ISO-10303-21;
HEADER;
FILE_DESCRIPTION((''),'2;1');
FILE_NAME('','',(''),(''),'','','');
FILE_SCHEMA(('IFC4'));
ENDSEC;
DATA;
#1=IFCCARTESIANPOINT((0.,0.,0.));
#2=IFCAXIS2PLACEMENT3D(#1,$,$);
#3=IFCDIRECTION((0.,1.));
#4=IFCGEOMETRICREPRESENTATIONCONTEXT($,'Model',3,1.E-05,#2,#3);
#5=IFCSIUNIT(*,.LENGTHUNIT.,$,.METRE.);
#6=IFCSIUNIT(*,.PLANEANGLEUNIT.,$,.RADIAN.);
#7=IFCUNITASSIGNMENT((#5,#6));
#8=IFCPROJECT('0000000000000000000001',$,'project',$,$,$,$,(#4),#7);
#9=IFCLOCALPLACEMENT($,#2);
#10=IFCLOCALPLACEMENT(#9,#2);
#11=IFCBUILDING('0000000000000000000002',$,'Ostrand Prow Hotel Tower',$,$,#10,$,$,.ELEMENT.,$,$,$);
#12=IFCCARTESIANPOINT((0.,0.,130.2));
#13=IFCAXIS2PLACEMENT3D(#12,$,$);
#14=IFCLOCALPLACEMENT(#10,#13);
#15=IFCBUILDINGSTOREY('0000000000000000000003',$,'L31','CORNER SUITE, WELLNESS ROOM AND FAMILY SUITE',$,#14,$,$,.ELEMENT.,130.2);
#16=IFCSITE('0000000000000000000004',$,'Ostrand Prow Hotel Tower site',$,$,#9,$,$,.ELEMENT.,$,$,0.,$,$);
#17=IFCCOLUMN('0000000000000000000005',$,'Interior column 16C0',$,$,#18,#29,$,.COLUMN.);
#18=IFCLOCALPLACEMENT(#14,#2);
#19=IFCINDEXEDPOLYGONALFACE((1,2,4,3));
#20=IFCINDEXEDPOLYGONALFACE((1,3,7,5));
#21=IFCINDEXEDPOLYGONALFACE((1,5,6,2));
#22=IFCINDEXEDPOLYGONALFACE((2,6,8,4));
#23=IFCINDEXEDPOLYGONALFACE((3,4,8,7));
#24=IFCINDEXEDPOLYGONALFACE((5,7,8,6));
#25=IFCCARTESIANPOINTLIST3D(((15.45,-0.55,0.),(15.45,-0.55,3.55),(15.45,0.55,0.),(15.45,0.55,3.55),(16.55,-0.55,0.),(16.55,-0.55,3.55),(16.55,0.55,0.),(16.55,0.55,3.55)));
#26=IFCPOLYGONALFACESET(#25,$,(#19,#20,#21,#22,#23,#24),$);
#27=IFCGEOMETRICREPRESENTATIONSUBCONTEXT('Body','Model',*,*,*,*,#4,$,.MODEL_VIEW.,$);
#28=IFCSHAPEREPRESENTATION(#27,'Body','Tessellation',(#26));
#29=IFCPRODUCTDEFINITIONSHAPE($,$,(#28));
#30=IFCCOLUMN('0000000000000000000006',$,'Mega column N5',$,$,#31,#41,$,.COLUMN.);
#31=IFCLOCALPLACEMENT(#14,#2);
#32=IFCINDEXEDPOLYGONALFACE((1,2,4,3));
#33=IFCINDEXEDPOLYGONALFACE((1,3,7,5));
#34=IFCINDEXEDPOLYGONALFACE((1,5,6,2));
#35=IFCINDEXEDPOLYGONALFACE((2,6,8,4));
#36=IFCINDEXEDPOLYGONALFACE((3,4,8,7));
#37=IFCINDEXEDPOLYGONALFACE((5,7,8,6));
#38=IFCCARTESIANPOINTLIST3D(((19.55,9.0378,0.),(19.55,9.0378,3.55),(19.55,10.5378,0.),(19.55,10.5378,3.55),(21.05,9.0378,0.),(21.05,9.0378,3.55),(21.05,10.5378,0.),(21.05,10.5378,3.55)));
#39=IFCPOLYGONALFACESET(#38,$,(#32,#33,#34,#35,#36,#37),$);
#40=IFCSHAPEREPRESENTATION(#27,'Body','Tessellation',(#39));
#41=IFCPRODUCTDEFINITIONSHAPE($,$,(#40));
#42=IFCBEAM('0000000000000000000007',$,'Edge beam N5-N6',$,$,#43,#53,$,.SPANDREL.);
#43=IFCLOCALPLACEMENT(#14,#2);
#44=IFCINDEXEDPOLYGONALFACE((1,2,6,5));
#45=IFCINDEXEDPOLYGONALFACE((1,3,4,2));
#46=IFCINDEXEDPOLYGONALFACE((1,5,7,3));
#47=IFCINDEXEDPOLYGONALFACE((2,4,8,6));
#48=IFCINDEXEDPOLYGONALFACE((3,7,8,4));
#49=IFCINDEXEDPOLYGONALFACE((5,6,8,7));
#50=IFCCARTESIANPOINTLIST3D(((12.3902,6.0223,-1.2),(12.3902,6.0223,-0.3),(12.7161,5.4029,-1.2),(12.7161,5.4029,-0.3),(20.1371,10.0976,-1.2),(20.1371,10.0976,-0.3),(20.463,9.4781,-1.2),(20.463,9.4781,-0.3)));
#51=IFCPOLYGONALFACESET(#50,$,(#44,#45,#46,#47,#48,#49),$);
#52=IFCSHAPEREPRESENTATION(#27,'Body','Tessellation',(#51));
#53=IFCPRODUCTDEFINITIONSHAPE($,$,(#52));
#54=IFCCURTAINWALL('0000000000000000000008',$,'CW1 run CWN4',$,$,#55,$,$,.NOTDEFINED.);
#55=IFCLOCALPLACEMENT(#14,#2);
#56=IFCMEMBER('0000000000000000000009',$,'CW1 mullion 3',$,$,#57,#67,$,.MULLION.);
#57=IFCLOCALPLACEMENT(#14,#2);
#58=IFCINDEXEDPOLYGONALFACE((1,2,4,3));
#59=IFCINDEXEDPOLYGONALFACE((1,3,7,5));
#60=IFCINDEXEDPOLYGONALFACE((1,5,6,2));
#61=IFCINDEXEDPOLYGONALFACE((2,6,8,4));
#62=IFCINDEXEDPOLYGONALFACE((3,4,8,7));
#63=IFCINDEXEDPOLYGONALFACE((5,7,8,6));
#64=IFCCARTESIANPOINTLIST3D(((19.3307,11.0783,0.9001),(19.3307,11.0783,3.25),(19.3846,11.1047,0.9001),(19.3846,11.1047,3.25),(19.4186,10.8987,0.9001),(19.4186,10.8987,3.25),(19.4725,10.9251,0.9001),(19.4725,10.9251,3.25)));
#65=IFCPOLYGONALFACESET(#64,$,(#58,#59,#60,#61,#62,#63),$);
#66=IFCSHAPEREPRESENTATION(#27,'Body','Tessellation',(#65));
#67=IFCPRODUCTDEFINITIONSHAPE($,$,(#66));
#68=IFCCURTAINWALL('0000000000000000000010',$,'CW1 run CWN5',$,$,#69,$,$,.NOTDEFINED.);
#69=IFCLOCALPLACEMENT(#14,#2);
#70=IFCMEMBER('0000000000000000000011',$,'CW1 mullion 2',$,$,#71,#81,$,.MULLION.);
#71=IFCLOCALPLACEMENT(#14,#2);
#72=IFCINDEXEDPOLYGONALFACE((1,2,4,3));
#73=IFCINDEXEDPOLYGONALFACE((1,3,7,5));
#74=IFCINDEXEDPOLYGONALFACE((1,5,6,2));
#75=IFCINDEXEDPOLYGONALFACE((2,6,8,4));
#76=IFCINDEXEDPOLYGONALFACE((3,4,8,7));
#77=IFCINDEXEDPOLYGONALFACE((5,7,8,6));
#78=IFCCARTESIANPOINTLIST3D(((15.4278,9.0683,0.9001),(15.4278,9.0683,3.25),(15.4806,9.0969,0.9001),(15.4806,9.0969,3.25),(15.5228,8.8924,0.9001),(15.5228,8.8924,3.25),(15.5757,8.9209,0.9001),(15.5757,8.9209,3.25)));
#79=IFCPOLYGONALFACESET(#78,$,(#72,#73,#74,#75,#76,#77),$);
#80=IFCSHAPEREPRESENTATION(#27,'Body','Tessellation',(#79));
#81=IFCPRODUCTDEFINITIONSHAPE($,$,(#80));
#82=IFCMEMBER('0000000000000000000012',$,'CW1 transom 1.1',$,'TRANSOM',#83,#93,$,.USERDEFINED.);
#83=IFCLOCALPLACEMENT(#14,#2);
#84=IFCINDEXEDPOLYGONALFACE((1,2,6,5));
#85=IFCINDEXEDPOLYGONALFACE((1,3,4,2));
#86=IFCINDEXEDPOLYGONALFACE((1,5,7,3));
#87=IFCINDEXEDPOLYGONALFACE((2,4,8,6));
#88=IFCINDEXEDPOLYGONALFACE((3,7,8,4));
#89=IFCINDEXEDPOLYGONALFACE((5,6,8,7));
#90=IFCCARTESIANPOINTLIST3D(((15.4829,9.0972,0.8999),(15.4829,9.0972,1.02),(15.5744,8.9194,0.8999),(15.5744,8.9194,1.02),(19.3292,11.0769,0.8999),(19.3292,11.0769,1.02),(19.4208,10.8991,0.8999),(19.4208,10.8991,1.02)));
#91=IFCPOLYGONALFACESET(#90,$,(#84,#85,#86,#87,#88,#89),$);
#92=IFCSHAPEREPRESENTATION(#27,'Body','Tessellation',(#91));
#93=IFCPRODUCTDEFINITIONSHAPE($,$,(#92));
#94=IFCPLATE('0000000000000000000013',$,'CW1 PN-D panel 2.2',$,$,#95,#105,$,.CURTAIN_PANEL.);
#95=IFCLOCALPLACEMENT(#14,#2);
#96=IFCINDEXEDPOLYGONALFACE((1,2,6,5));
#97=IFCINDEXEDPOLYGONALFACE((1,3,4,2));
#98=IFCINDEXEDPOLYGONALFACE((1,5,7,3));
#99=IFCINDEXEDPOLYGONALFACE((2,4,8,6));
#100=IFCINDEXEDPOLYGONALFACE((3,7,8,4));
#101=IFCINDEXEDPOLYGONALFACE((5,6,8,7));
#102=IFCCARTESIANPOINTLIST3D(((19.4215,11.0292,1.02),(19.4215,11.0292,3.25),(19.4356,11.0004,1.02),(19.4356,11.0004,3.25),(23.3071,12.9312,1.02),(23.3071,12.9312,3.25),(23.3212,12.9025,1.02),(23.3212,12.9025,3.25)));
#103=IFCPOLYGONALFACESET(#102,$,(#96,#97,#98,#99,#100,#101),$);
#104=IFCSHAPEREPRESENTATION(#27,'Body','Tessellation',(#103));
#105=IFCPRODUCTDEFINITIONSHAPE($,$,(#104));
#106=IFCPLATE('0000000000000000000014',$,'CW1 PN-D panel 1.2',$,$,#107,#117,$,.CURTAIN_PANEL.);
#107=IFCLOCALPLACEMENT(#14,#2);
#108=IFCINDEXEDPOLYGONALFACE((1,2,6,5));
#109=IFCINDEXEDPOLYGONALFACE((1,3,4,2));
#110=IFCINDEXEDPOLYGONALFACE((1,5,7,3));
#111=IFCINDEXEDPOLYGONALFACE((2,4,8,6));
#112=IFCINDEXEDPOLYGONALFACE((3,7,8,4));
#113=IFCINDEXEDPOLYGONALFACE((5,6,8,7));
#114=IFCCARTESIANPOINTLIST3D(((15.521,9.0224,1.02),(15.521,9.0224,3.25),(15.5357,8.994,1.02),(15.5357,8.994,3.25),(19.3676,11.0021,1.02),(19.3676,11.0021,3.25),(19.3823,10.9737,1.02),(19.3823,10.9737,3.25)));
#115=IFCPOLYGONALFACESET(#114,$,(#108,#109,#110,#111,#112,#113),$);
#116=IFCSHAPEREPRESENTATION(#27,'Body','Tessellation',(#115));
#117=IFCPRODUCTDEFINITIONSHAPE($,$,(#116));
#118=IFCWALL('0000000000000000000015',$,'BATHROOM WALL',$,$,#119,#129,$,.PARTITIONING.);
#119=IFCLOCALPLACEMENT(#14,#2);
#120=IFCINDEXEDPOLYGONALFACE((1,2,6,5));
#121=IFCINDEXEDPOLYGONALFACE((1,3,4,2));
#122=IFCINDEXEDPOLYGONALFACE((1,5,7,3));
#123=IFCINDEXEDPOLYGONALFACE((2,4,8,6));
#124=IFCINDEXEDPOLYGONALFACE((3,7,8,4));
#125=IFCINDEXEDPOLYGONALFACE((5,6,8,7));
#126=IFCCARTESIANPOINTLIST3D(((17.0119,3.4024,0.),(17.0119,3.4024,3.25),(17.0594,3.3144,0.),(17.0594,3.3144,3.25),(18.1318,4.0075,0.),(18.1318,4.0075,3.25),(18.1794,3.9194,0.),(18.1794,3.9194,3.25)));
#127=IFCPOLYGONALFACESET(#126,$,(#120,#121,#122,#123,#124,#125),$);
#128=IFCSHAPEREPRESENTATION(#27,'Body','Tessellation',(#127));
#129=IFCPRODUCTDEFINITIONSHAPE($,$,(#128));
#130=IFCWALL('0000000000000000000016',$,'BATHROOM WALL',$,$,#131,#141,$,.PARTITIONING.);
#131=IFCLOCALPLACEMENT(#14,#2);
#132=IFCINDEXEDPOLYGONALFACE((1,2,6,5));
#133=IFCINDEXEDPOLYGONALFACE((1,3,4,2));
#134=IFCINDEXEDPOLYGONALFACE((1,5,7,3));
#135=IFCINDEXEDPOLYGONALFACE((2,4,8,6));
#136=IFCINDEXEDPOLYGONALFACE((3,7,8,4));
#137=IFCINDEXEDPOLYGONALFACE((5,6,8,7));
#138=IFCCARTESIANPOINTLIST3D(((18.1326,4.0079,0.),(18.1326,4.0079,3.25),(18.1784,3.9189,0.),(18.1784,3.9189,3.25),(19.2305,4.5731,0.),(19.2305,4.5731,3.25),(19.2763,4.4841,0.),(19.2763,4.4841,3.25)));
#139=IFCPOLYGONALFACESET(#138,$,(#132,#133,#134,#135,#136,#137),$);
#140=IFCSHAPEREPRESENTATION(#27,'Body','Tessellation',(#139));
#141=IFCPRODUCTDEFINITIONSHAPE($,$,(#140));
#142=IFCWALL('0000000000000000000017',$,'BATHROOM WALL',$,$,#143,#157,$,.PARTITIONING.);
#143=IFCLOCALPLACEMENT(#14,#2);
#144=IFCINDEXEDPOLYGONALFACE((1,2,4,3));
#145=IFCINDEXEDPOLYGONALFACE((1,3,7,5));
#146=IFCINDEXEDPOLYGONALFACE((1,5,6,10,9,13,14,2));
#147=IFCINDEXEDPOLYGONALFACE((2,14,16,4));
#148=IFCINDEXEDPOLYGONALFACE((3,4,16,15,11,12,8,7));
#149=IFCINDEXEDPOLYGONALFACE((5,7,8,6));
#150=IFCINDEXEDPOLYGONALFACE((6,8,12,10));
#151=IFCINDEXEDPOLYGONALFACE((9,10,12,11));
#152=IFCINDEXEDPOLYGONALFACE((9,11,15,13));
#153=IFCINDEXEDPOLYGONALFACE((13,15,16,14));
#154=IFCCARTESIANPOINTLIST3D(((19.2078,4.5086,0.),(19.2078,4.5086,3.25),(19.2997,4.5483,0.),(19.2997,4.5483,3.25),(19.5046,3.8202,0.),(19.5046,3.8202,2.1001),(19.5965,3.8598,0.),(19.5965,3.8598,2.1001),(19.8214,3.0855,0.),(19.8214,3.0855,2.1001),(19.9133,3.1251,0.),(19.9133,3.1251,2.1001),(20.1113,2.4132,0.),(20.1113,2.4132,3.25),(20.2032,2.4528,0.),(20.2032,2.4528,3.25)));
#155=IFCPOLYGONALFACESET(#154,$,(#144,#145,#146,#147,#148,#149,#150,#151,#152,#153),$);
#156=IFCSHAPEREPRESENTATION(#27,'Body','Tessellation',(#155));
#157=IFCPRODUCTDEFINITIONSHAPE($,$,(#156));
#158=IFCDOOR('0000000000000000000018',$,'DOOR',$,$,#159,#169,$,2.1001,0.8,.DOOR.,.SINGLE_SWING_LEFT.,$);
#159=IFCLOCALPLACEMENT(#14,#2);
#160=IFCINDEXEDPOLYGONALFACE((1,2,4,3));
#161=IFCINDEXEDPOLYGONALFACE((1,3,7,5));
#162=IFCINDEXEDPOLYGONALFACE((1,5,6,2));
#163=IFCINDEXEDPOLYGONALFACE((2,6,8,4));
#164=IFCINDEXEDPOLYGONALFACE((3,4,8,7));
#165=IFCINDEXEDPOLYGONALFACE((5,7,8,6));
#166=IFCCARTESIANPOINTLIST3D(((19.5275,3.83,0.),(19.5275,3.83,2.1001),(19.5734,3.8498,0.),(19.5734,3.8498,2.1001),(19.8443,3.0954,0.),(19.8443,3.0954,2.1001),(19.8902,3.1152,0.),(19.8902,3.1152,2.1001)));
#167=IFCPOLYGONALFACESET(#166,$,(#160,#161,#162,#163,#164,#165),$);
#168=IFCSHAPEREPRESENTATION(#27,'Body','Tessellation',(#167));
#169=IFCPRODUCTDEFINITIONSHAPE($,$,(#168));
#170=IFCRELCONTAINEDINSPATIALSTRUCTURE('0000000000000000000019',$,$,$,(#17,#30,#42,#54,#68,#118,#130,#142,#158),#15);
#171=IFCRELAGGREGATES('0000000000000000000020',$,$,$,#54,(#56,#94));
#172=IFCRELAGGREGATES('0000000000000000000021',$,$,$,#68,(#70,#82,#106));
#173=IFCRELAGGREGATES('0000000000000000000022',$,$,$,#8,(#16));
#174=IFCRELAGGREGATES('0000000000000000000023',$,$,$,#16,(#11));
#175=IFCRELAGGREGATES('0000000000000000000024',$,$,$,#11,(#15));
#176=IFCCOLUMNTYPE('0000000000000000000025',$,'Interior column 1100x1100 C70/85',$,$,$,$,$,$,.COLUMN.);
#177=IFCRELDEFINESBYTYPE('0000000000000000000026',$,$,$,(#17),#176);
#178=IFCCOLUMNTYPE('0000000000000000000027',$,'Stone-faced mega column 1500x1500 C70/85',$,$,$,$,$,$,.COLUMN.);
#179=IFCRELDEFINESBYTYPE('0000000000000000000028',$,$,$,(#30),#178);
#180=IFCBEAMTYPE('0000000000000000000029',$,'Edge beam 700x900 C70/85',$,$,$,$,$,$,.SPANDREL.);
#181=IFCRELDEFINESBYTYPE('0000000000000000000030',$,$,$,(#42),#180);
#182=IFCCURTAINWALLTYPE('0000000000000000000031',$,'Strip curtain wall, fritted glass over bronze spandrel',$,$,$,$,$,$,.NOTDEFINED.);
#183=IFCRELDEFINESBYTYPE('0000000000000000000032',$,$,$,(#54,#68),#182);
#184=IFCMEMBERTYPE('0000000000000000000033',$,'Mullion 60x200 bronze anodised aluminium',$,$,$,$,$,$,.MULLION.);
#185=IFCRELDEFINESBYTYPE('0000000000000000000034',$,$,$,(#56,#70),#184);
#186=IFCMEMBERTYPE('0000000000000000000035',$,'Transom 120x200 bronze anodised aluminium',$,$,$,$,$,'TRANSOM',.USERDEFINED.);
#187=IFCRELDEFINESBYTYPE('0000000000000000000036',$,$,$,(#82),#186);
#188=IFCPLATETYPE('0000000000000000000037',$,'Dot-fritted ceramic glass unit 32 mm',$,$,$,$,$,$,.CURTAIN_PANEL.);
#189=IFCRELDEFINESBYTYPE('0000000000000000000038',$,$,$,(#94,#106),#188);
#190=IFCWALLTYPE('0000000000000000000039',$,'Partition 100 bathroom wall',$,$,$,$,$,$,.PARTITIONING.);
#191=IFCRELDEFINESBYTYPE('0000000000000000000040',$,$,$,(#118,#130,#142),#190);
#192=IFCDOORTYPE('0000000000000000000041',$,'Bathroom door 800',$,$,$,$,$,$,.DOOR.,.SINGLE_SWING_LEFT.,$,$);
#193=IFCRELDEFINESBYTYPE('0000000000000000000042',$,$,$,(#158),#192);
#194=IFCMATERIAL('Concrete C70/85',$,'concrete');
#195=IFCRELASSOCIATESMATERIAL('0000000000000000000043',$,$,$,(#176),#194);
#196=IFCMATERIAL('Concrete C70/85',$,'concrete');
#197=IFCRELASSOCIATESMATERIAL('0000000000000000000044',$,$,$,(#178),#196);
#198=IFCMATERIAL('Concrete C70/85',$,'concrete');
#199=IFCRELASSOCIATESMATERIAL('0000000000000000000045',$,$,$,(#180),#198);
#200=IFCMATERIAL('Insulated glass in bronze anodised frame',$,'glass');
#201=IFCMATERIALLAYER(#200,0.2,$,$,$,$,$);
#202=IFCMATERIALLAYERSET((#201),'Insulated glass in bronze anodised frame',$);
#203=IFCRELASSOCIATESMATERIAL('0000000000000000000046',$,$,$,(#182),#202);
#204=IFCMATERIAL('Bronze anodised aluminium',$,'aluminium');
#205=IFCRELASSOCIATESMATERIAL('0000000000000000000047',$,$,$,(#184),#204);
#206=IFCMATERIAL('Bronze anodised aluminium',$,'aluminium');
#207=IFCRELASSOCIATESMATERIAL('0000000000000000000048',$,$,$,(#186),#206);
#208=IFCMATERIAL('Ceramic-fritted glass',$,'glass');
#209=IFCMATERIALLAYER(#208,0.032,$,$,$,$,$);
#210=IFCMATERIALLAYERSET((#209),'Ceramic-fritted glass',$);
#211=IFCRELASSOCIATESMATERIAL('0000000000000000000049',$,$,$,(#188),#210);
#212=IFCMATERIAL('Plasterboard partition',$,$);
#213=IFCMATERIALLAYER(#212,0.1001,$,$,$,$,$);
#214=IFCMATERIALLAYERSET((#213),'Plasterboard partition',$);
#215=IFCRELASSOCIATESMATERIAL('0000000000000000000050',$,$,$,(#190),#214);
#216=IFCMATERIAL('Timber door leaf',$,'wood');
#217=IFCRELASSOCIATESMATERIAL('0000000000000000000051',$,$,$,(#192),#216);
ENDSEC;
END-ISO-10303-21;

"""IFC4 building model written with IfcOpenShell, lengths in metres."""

from ifc_helpers import new_model, si_unit, direction, frame, frame_2d, origin, origin_2d, place, context, subcontext, project, spatial, rectangle, extrude, material, layer, layer_set, material_profile, profile_set, type_object, element, fill, aggregate, save


model = new_model("IFC4")

# Units and contexts
model_context = context("Model", 3, precision=1e-05, world=origin(), true_north=direction((0.0, 1.0)))
body_context = subcontext(model_context, "Body", "Model", "MODEL_VIEW")
ifc_project = project(units=[si_unit("LENGTHUNIT", "METRE"), si_unit("PLANEANGLEUNIT", "RADIAN")], contexts=[model_context])

# Site, building, storey
site_placement = place(None, origin())
site = spatial("IfcSite", under=ifc_project, at=site_placement, Name="Ostrand Prow Hotel Tower site", CompositionType="ELEMENT", RefElevation=0.0)
building_placement = place(site_placement, origin())
building = spatial("IfcBuilding", under=site, at=building_placement, Name="Ostrand Prow Hotel Tower", CompositionType="ELEMENT")
storey_placement = place(building_placement, frame((0.0, 0.0, 130.2)))
storey = spatial("IfcBuildingStorey", under=building, at=storey_placement, Name="L31", Description="CORNER SUITE, WELLNESS ROOM AND FAMILY SUITE", CompositionType="ELEMENT", Elevation=130.2)

# Columns
ifc_material_1 = material(Name="Concrete C70/85", Category="concrete")
ifc_material_profile_1 = material_profile(ifc_material_1, rectangle(XDim=1.1001, YDim=1.1001, at=origin_2d()), Name="RC 1100x1100")
ifc_profile_set_1 = profile_set([ifc_material_profile_1], Name="Concrete C70/85")
column_type_1 = type_object("IfcColumnType", Name="Interior column 1100x1100 C70/85", PredefinedType="COLUMN", material=ifc_profile_set_1)
column_1_placement = place(storey_placement, frame((16.0, 0.0, 0.0), z_axis=(0.0, 0.0, 1.0), x_axis=(1.0, 0.0, 0.0)))
element("IfcColumn", 1, at=column_1_placement, inside=storey, type_object=column_type_1, Name="Interior column 16C0", PredefinedType="COLUMN", context=body_context, shape_type="SweptSolid", body=[
    extrude(rectangle(XDim=1.1001, YDim=1.1001, at=origin_2d()), origin(), (0.0, 0.0, 1.0), 3.55),
])
ifc_material_2 = material(Name="Concrete C70/85", Category="concrete")
ifc_material_profile_2 = material_profile(ifc_material_2, rectangle(XDim=1.5, YDim=1.5, at=origin_2d()), Name="RC 1500x1500")
ifc_profile_set_2 = profile_set([ifc_material_profile_2], Name="Concrete C70/85")
column_type_2 = type_object("IfcColumnType", Name="Stone-faced mega column 1500x1500 C70/85", PredefinedType="COLUMN", material=ifc_profile_set_2)
column_2_placement = place(storey_placement, frame((20.3, 9.7878, 0.0), z_axis=(0.0, 0.0, 1.0), x_axis=(1.0, 0.0, 0.0)))
element("IfcColumn", 2, at=column_2_placement, inside=storey, type_object=column_type_2, Name="Mega column N5", PredefinedType="COLUMN", context=body_context, shape_type="SweptSolid", body=[
    extrude(rectangle(XDim=1.5, YDim=1.5, at=origin_2d()), origin(), (0.0, 0.0, 1.0), 3.55),
])

# Beam
ifc_material_3 = material(Name="Concrete C70/85", Category="concrete")
ifc_material_profile_3 = material_profile(ifc_material_3, rectangle(XDim=0.7, YDim=0.8999, at=origin_2d()), Name="RC 700x900")
ifc_profile_set_3 = profile_set([ifc_material_profile_3], Name="Concrete C70/85")
beam_type = type_object("IfcBeamType", Name="Edge beam 700x900 C70/85", PredefinedType="SPANDREL", material=ifc_profile_set_3)
beam_placement = place(storey_placement, frame((20.3, 9.7878, -0.75), z_axis=(-0.885016, -0.46556, 0.0), x_axis=(0.46556, -0.885016, 0.0)))
element("IfcBeam", 3, at=beam_placement, inside=storey, type_object=beam_type, Name="Edge beam N5-N6", PredefinedType="SPANDREL", context=body_context, shape_type="SweptSolid", body=[
    extrude(rectangle(XDim=0.7, YDim=0.8999, at=origin_2d()), origin(), (0.0, 0.0, 1.0), 8.7534),
])

# Curtain wall, member
ifc_material_4 = material(Name="Insulated glass in bronze anodised frame", Category="glass")
ifc_layer_1 = layer(ifc_material_4, 0.2)
ifc_layer_set_1 = layer_set([ifc_layer_1], Name="Insulated glass in bronze anodised frame")
curtain_wall_type = type_object("IfcCurtainWallType", Name="Strip curtain wall, fritted glass over bronze spandrel", PredefinedType="NOTDEFINED", material=ifc_layer_set_1)
curtain_wall_1_placement = place(storey_placement, origin())
curtain_wall_1 = element("IfcCurtainWall", 4, at=curtain_wall_1_placement, inside=storey, type_object=curtain_wall_type, Name="CW1 run CWN4", PredefinedType="NOTDEFINED")
ifc_material_5 = material(Name="Bronze anodised aluminium", Category="aluminium")
ifc_material_profile_4 = material_profile(ifc_material_5, rectangle(XDim=0.2, YDim=0.0601, at=origin_2d()), Name="Mullion 60x200 bronze anodised aluminium")
ifc_profile_set_4 = profile_set([ifc_material_profile_4], Name="Bronze anodised aluminium")
member_type_1 = type_object("IfcMemberType", Name="Mullion 60x200 bronze anodised aluminium", PredefinedType="MULLION", material=ifc_profile_set_4)
member_1_placement = place(storey_placement, frame((19.4016, 11.0017, 0.9001), z_axis=(0.0, 0.0, 1.0), x_axis=(0.439659, -0.898165, 0.0)))
member_1 = element("IfcMember", 5, at=member_1_placement, type_object=member_type_1, Name="CW1 mullion 3", PredefinedType="MULLION", context=body_context, shape_type="SweptSolid", body=[
    extrude(rectangle(XDim=0.2, YDim=0.0601, at=origin_2d()), origin(), (0.0, 0.0, 1.0), 2.3499),
])

# Curtain wall, members
curtain_wall_2_placement = place(storey_placement, origin())
curtain_wall_2 = element("IfcCurtainWall", 6, at=curtain_wall_2_placement, inside=storey, type_object=curtain_wall_type, Name="CW1 run CWN5", PredefinedType="NOTDEFINED")
member_2_placement = place(storey_placement, frame((15.5017, 8.9946, 0.9001), z_axis=(0.0, 0.0, 1.0), x_axis=(0.475394, -0.879773, 0.0)))
member_2 = element("IfcMember", 7, at=member_2_placement, type_object=member_type_1, Name="CW1 mullion 2", PredefinedType="MULLION", context=body_context, shape_type="SweptSolid", body=[
    extrude(rectangle(XDim=0.2, YDim=0.0601, at=origin_2d()), origin(), (0.0, 0.0, 1.0), 2.3499),
])
ifc_material_6 = material(Name="Bronze anodised aluminium", Category="aluminium")
ifc_material_profile_5 = material_profile(ifc_material_6, rectangle(XDim=0.2, YDim=0.1201, at=origin_2d()), Name="Transom 120x200 bronze anodised aluminium")
ifc_profile_set_5 = profile_set([ifc_material_profile_5], Name="Bronze anodised aluminium")
member_type_2 = type_object("IfcMemberType", Name="Transom 120x200 bronze anodised aluminium", ElementType="TRANSOM", PredefinedType="USERDEFINED", material=ifc_profile_set_5)
member_3_placement = place(storey_placement, frame((19.375, 10.988, 0.96), z_axis=(-0.88914, -0.457635, 0.0), x_axis=(0.457635, -0.88914, 0.0)))
member_3 = element("IfcMember", 8, at=member_3_placement, type_object=member_type_2, Name="CW1 transom 1.1", ObjectType="TRANSOM", PredefinedType="USERDEFINED", context=body_context, shape_type="SweptSolid", body=[
    extrude(rectangle(XDim=0.2, YDim=0.1201, at=origin_2d()), origin(), (0.0, 0.0, 1.0), 4.3259),
])

# Plates
ifc_material_7 = material(Name="Ceramic-fritted glass", Category="glass")
ifc_layer_2 = layer(ifc_material_7, 0.032)
ifc_layer_set_2 = layer_set([ifc_layer_2], Name="Ceramic-fritted glass")
plate_type = type_object("IfcPlateType", Name="Dot-fritted ceramic glass unit 32 mm", PredefinedType="CURTAIN_PANEL", material=ifc_layer_set_2)
plate_1_placement = place(storey_placement, frame((21.3713, 11.9658, 1.02), z_axis=(0.0, 0.0, 1.0), x_axis=(-0.898165, -0.439659, 0.0)))
plate_1 = element("IfcPlate", 9, at=plate_1_placement, type_object=plate_type, Name="CW1 PN-D panel 2.2", PredefinedType="CURTAIN_PANEL", context=body_context, shape_type="SweptSolid", body=[
    extrude(rectangle(XDim=4.3262, YDim=0.032, at=origin_2d()), origin(), (0.0, 0.0, 1.0), 2.23),
])
aggregate(curtain_wall_1, [member_1, plate_1])
plate_2_placement = place(storey_placement, frame((17.4517, 9.998, 1.02), z_axis=(0.0, 0.0, 1.0), x_axis=(-0.889148, -0.457619, 0.0)))
plate_2 = element("IfcPlate", 10, at=plate_2_placement, type_object=plate_type, Name="CW1 PN-D panel 1.2", PredefinedType="CURTAIN_PANEL", context=body_context, shape_type="SweptSolid", body=[
    extrude(rectangle(XDim=4.3262, YDim=0.032, at=origin_2d()), origin(), (0.0, 0.0, 1.0), 2.23),
])
aggregate(curtain_wall_2, [member_2, member_3, plate_2])

# Walls
ifc_material_8 = material(Name="Plasterboard partition")
ifc_layer_3 = layer(ifc_material_8, 0.1001)
ifc_layer_set_3 = layer_set([ifc_layer_3], Name="Plasterboard partition")
wall_type_1 = type_object("IfcWallType", Name="Partition 100 bathroom wall", PredefinedType="PARTITIONING", material=ifc_layer_set_3)
wall_1_placement = place(storey_placement, frame((17.0356, 3.3584, 0.0), z_axis=(0.0, 0.0, 1.0), x_axis=(0.879824, 0.4753, 0.0)))
element("IfcWall", 11, at=wall_1_placement, inside=storey, type_object=wall_type_1, Name="BATHROOM WALL", PredefinedType="PARTITIONING", context=body_context, shape_type="SweptSolid", body=[
    extrude(rectangle(XDim=1.2729, YDim=0.1001, at=frame_2d((0.6365, 0.0))), origin(), (0.0, 0.0, 1.0), 3.25),
])
wall_2_placement = place(storey_placement, frame((18.1555, 3.9634, 0.0), z_axis=(0.0, 0.0, 1.0), x_axis=(0.889106, 0.457701, 0.0)))
element("IfcWall", 12, at=wall_2_placement, inside=storey, type_object=wall_type_1, Name="BATHROOM WALL", PredefinedType="PARTITIONING", context=body_context, shape_type="SweptSolid", body=[
    extrude(rectangle(XDim=1.2349, YDim=0.1001, at=frame_2d((0.6174, 0.0))), origin(), (0.0, 0.0, 1.0), 3.25),
])

# Wall, opening, door
wall_3_placement = place(storey_placement, frame((19.2537, 4.5286, 0.0), z_axis=(0.0, 0.0, 1.0), x_axis=(0.395958, -0.918268, 0.0)))
wall_3 = element("IfcWall", 13, at=wall_3_placement, inside=storey, type_object=wall_type_1, Name="BATHROOM WALL", PredefinedType="PARTITIONING", context=body_context, shape_type="SweptSolid", body=[
    extrude(rectangle(XDim=2.282, YDim=0.1001, at=frame_2d((1.1411, 0.0))), origin(), (0.0, 0.0, 1.0), 3.25),
])
opening_1_placement = place(wall_3_placement, frame((0.75, 0.0, 0.0)))
opening_1 = element("IfcOpeningElement", 14, at=opening_1_placement, cuts=wall_3, PredefinedType="OPENING", context=body_context, shape_type="SweptSolid", body=[
    extrude(rectangle(XDim=0.8, YDim=2.1001, at=frame_2d((0.3999, 1.05))), frame((0.0, 0.0601, 0.0), z_axis=(0.0, -1.0, 0.0), x_axis=(1.0, 0.0, 0.0)), (0.0, 0.0, 1.0), 0.1201),
])
ifc_material_9 = material(Name="Timber door leaf", Category="wood")
door_type_1 = type_object("IfcDoorType", Name="Bathroom door 800", OperationType="SINGLE_SWING_LEFT", PredefinedType="DOOR", material=ifc_material_9)
door_1_placement = place(opening_1_placement, origin())
door_1 = element("IfcDoor", 15, at=door_1_placement, inside=storey, type_object=door_type_1, Name="DOOR", OperationType="SINGLE_SWING_LEFT", OverallHeight=2.1001, OverallWidth=0.8, PredefinedType="DOOR", context=body_context, shape_type="SweptSolid", body=[
    extrude(rectangle(XDim=0.8, YDim=2.1001, at=frame_2d((0.3999, 1.05))), frame((0.0, 0.0249, 0.0), z_axis=(0.0, -1.0, 0.0), x_axis=(1.0, 0.0, 0.0)), (0.0, 0.0, 1.0), 0.05),
])
fill(opening_1, door_1)

save(model, "model.ifc")
